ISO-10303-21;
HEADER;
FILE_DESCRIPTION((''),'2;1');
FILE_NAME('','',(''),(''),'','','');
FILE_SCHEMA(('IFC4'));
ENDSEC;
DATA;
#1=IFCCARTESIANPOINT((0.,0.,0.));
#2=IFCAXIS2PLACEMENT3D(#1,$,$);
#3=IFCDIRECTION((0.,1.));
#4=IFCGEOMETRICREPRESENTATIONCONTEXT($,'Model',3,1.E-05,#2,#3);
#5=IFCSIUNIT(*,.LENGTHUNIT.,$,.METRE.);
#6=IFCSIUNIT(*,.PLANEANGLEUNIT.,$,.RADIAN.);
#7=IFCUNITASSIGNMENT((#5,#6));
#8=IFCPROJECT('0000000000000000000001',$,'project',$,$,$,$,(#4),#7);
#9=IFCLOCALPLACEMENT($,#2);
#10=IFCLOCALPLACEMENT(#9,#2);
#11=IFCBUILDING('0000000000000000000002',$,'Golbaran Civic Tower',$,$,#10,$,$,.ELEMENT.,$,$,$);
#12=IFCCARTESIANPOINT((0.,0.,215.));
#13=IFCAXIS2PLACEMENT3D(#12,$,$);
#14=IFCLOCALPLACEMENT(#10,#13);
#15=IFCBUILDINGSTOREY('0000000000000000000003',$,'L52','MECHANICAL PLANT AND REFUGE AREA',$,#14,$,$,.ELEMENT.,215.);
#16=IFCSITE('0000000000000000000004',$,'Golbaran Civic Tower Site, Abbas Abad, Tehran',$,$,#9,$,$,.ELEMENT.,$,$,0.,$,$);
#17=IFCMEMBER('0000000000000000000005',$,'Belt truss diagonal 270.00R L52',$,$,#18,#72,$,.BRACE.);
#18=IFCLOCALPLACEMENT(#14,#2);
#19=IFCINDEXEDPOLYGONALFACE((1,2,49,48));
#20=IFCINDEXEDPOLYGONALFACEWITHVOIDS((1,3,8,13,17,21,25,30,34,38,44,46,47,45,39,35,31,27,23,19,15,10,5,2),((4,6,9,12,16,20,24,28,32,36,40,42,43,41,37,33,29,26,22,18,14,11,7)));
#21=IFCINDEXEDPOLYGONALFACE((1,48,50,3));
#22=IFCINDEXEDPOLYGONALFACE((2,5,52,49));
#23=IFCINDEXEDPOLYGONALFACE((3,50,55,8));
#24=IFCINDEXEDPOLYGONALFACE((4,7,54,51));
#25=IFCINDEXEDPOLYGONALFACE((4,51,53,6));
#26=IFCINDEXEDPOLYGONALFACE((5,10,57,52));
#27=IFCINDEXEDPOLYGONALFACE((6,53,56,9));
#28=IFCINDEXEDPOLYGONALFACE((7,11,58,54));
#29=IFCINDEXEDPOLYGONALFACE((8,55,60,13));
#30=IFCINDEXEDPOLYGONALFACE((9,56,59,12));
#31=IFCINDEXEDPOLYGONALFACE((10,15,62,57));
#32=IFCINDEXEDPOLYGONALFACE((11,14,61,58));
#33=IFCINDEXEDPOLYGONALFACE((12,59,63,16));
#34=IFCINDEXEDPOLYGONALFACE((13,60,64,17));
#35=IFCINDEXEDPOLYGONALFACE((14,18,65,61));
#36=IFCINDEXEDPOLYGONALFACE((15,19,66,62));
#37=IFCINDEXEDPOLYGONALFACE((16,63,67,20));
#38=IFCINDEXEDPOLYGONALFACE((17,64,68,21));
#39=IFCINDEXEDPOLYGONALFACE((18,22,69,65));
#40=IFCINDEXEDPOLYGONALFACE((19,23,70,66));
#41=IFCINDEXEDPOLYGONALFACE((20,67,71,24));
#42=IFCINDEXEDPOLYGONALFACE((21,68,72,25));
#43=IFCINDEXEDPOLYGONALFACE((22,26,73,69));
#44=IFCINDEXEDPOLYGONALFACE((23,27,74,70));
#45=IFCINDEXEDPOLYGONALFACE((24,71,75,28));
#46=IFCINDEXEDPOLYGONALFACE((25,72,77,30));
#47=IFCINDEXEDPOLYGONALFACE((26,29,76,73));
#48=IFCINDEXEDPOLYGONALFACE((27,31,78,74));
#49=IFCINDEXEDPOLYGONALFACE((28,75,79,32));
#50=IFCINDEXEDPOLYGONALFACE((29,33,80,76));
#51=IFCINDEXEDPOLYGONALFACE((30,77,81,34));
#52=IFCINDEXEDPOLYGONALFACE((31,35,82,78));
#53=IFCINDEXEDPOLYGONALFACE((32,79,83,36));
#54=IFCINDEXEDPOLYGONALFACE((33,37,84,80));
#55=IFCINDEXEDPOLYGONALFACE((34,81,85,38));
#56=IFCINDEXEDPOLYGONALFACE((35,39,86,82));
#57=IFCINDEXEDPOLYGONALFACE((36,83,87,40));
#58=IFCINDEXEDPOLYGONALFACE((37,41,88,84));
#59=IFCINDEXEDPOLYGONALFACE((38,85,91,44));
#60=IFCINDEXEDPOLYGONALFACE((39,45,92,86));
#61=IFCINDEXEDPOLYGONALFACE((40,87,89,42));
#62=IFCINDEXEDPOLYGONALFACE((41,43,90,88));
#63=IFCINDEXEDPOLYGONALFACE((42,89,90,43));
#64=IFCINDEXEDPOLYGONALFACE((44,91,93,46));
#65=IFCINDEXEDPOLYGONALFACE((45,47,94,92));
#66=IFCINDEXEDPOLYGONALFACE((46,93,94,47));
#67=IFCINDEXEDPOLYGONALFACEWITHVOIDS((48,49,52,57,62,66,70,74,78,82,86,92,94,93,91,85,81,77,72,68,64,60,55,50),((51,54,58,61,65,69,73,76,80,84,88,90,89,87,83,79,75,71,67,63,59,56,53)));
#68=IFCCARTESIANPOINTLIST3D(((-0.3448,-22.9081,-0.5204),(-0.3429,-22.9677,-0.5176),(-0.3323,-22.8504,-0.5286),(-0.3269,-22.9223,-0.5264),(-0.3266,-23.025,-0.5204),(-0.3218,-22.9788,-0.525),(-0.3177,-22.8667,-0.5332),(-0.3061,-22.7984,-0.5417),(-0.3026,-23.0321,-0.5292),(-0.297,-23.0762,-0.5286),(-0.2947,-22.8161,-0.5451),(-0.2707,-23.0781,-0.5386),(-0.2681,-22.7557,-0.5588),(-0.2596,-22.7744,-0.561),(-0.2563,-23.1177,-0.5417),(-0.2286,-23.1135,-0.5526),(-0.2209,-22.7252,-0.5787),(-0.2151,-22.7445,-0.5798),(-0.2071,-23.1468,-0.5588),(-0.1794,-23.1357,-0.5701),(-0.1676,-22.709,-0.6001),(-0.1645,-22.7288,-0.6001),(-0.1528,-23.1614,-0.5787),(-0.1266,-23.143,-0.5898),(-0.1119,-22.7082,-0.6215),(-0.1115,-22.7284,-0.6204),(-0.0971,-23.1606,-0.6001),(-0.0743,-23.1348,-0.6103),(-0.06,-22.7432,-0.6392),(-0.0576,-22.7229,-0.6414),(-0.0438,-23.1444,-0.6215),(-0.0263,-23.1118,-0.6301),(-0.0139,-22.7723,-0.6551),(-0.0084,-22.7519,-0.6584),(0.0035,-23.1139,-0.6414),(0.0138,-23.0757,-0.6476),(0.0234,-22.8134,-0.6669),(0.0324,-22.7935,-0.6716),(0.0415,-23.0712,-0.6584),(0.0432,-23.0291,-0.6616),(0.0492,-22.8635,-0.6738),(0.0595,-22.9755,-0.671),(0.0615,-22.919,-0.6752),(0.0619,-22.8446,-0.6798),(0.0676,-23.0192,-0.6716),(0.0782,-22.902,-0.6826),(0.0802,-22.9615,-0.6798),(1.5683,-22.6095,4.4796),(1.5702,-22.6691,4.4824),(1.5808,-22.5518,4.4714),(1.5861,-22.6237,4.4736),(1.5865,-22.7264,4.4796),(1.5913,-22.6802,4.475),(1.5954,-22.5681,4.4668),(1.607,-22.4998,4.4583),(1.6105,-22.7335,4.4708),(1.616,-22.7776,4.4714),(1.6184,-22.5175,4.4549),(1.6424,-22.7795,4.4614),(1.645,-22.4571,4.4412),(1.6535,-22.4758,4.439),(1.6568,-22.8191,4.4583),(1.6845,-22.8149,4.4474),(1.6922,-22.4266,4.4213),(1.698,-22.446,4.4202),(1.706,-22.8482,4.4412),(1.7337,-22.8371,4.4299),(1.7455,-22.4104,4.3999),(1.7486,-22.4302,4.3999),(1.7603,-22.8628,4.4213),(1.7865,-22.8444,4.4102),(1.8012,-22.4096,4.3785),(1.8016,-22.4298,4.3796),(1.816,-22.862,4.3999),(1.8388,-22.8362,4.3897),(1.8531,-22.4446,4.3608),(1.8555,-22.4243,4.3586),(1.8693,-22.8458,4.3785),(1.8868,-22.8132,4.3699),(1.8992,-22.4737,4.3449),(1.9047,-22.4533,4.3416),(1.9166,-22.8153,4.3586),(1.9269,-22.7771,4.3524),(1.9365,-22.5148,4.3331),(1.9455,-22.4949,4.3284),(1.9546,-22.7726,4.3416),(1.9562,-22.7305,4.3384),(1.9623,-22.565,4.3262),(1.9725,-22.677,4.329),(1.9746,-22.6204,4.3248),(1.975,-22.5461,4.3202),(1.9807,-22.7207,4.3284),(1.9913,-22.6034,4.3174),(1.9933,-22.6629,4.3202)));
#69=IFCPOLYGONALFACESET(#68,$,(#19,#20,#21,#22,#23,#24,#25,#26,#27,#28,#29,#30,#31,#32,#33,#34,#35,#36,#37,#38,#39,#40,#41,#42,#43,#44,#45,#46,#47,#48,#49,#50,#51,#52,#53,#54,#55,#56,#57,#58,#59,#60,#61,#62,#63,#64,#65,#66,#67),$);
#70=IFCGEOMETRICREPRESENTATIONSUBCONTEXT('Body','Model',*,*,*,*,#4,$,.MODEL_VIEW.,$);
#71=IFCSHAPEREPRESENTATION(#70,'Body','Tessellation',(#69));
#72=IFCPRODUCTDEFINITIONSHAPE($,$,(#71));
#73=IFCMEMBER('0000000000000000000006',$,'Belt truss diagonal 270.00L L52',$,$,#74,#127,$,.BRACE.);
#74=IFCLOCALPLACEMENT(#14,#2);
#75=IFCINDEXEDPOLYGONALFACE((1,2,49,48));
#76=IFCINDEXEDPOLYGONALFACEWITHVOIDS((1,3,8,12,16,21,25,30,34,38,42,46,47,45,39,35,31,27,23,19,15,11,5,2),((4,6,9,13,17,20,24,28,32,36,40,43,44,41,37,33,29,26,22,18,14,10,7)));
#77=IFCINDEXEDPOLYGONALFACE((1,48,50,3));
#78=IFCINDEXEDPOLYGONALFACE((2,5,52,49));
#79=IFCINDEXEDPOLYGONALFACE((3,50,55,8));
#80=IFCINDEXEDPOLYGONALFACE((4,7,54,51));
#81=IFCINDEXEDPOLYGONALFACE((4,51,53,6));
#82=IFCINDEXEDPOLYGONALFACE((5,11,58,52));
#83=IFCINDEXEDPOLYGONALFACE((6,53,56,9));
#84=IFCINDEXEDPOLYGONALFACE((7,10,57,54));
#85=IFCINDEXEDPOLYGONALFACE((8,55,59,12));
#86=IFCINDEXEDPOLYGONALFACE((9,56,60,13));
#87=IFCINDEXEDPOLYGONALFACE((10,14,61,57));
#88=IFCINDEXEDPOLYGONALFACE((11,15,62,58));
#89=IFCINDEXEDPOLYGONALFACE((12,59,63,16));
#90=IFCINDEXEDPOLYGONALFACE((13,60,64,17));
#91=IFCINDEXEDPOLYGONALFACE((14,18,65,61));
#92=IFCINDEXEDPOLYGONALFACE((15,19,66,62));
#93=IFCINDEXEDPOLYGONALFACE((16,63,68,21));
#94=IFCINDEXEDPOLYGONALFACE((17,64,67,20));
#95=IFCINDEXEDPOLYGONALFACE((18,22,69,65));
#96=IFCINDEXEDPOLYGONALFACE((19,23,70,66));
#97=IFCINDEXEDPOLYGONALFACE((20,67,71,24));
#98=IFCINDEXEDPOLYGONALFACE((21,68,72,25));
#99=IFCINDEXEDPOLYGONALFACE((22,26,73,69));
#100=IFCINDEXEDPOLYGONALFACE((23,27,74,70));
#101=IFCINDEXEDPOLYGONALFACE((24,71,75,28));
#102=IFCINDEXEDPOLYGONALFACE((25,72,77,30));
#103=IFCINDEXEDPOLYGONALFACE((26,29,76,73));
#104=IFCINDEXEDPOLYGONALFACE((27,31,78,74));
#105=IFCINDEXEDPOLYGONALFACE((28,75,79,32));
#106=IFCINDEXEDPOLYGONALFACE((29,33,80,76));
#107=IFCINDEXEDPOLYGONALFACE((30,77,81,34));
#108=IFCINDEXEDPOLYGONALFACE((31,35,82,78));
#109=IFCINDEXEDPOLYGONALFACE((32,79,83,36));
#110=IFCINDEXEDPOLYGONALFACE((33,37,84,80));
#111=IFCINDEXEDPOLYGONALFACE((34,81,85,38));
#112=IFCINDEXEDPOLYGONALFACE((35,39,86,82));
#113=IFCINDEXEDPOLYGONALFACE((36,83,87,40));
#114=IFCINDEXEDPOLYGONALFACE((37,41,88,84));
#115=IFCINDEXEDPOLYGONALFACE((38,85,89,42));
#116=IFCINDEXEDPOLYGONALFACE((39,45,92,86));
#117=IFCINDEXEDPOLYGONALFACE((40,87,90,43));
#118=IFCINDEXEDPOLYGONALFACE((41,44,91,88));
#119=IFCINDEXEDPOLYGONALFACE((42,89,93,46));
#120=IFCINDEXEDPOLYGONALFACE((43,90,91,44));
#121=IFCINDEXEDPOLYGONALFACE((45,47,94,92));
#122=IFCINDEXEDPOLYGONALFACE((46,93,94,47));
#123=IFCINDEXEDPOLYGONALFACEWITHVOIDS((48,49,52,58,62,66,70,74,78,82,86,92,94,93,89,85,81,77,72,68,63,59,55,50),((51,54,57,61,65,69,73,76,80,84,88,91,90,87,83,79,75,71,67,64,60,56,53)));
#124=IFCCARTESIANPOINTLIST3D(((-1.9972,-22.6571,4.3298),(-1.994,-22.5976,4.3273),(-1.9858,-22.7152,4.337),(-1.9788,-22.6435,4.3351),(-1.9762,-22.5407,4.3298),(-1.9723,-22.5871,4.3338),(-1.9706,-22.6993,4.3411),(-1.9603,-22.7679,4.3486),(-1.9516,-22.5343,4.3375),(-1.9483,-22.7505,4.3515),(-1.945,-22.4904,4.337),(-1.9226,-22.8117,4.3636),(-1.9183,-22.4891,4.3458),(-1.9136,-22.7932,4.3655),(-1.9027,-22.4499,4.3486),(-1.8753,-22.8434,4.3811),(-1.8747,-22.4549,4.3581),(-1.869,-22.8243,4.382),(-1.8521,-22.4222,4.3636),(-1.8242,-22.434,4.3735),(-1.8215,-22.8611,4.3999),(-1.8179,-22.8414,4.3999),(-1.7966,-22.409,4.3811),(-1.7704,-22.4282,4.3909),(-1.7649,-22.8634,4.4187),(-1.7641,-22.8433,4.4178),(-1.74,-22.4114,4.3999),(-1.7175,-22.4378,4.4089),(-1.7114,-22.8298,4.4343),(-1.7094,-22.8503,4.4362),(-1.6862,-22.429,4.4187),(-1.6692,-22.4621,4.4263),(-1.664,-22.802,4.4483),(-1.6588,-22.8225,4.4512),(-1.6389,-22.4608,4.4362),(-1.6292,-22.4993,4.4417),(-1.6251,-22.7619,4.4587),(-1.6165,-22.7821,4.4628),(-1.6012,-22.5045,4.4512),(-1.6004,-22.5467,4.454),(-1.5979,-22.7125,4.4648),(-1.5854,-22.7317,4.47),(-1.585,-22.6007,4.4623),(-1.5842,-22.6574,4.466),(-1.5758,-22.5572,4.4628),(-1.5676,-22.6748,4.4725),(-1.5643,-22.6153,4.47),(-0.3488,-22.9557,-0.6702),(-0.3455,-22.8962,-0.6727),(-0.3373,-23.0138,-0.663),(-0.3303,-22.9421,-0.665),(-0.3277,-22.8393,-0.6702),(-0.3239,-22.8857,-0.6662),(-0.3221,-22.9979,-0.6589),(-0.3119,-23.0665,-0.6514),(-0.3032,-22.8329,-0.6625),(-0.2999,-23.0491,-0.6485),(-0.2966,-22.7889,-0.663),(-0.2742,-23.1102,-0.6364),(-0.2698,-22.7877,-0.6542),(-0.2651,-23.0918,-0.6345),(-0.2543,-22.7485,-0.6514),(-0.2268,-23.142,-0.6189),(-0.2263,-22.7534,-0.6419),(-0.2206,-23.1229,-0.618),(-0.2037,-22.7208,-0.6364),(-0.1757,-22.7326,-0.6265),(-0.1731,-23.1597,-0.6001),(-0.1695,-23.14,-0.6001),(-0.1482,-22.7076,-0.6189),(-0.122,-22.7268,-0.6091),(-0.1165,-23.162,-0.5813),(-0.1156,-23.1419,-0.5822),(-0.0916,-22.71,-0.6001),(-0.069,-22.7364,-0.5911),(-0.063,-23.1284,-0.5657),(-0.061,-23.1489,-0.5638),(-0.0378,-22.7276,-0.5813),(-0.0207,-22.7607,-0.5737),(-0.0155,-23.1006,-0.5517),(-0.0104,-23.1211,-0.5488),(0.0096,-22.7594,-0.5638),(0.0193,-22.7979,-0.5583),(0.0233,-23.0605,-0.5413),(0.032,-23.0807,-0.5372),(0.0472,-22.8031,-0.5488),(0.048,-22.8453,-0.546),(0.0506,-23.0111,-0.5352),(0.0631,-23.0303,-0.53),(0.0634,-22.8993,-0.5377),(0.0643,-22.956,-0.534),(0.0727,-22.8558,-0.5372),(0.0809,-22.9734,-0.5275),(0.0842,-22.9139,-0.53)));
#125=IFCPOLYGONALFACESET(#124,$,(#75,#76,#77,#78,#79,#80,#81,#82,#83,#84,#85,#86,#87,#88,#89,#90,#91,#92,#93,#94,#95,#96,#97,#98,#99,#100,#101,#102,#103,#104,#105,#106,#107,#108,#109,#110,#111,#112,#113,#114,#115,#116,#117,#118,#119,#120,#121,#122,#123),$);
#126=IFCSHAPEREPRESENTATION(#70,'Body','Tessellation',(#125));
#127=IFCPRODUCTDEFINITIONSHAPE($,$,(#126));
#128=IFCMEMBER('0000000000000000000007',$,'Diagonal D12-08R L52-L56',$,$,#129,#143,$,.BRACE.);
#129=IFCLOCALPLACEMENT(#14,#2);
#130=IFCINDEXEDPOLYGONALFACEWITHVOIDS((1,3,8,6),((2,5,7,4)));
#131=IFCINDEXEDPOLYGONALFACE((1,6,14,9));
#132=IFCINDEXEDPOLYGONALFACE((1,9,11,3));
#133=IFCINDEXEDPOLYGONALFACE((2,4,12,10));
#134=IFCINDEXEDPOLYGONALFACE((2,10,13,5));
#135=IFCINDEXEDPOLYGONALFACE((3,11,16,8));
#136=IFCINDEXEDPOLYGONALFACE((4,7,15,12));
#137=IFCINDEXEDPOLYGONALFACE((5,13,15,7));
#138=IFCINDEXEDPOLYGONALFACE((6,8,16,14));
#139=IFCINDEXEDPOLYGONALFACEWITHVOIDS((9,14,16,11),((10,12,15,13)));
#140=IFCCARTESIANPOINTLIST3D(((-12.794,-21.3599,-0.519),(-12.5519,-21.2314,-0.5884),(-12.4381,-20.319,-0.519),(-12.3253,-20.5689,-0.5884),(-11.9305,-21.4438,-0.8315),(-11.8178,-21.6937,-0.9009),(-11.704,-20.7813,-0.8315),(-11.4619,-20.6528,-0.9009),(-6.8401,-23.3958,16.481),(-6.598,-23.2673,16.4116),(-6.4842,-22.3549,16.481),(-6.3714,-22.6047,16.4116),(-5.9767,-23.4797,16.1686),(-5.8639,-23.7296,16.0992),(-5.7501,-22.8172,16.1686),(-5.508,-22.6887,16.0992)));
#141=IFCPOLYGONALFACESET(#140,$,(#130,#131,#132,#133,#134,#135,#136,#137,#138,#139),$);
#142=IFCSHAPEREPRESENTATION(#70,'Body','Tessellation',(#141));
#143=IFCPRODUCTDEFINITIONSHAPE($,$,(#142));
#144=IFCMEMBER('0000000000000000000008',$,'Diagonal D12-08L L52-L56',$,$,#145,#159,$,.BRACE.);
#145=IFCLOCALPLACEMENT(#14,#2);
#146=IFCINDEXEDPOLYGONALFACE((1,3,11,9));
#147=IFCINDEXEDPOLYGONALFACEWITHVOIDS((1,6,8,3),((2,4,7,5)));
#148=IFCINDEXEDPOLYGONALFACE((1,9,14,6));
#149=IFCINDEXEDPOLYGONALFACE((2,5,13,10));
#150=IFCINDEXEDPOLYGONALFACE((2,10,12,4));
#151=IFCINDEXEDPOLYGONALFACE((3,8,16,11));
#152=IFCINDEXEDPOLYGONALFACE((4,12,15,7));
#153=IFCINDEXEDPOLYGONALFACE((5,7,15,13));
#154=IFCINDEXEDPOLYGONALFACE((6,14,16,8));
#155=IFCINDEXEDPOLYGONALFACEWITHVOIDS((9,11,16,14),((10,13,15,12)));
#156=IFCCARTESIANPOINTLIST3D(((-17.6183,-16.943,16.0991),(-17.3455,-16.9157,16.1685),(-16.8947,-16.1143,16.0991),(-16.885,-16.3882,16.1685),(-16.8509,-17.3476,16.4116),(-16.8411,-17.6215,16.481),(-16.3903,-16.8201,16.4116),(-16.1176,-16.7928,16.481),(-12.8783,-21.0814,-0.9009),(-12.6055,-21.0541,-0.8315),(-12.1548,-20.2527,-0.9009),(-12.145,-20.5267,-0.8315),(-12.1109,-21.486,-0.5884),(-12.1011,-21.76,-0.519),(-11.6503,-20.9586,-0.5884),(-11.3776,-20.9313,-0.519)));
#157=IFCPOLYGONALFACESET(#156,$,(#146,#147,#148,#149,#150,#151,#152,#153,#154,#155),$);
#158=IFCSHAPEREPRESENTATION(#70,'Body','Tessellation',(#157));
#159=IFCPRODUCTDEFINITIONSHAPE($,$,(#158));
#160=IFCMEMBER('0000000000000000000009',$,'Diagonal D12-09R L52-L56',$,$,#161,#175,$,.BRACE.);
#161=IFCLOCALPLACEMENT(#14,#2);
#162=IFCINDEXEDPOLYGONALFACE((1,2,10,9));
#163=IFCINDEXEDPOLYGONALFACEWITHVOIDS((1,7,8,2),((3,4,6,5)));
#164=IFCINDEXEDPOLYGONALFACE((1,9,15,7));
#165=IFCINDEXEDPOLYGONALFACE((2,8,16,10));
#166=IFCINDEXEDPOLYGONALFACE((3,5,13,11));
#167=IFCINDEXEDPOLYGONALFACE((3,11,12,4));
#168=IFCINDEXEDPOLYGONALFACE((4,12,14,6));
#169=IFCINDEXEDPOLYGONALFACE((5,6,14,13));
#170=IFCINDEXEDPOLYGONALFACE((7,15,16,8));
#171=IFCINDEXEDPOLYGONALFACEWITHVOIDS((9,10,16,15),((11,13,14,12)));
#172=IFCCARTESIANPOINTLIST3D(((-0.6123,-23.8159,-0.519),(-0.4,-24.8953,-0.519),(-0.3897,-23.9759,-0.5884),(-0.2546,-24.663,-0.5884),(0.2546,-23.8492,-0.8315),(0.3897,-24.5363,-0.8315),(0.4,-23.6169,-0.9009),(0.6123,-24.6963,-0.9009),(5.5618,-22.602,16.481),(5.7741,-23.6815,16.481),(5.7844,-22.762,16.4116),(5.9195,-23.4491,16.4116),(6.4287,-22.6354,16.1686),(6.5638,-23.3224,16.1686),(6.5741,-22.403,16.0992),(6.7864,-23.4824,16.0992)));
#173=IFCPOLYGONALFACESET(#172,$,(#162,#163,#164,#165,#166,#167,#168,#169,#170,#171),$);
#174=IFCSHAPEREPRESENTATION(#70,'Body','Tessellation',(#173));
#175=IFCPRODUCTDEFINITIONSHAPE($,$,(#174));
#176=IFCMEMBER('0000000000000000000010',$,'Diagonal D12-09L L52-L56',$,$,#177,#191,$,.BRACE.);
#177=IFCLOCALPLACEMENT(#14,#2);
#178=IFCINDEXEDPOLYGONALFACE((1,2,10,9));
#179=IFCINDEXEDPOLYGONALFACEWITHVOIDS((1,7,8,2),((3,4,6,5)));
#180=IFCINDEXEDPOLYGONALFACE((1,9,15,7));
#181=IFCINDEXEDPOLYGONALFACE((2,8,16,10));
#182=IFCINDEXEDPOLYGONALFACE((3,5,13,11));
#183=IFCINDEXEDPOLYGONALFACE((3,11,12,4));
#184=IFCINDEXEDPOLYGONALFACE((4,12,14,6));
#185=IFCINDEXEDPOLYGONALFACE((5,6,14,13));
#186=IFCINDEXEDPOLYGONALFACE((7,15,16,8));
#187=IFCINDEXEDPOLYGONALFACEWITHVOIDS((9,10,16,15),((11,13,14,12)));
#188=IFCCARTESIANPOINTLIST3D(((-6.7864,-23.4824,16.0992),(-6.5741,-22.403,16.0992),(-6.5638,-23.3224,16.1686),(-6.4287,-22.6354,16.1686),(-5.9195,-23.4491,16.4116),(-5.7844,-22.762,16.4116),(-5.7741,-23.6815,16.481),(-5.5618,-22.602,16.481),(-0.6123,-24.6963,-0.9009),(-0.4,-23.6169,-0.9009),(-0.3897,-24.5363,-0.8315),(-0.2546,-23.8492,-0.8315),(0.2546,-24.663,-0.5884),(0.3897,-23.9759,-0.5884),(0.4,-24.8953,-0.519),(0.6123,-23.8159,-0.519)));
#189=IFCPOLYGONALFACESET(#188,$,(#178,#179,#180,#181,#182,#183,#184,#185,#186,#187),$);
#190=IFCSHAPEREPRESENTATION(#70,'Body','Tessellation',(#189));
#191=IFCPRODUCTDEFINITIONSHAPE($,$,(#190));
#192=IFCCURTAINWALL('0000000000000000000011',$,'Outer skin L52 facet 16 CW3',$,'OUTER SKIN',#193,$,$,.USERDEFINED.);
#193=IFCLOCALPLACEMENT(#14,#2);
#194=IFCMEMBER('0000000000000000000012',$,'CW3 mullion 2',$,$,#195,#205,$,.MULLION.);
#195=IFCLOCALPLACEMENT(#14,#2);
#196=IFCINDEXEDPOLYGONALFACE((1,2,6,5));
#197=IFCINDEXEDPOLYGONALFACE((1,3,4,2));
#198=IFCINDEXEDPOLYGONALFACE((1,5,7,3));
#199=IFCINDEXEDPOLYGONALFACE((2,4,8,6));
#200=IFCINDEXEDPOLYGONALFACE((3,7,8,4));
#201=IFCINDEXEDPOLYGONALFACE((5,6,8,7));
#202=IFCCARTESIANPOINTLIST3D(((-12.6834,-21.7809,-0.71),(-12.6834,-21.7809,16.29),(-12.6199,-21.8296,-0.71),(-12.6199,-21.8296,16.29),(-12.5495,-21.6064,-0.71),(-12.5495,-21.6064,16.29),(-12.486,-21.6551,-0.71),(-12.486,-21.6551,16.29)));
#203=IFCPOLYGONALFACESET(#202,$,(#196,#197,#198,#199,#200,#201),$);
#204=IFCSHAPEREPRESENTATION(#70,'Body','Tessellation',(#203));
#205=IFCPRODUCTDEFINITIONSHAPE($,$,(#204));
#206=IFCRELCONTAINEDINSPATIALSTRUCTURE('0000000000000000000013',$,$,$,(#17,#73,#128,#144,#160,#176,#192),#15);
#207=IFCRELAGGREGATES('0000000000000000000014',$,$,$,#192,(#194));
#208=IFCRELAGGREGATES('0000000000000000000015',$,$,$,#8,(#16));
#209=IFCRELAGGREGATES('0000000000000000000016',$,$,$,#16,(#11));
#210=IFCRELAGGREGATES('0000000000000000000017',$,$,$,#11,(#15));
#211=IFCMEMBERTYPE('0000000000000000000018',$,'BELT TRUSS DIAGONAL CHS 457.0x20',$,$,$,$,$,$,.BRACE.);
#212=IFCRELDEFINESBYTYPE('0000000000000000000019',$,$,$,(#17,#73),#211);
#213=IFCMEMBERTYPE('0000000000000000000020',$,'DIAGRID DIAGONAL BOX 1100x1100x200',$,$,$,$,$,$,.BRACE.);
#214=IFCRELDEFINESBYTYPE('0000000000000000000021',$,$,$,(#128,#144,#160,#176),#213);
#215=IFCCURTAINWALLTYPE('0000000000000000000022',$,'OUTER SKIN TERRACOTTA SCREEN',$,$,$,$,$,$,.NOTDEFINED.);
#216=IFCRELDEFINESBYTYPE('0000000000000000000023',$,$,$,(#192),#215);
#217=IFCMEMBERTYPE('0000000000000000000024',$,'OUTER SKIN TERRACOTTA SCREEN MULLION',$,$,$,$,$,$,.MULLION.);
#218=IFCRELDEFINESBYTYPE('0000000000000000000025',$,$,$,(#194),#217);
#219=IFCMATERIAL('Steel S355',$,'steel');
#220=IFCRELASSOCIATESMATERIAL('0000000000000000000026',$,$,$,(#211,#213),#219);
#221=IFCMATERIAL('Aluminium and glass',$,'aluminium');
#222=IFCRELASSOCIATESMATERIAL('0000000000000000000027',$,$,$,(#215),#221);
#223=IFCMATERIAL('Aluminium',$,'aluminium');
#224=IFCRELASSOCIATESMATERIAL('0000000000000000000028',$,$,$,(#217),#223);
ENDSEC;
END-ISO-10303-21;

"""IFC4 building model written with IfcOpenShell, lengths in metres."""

from ifc_helpers import new_model, si_unit, direction, frame, origin, origin_2d, place, context, subcontext, project, spatial, rectangle, hollow_rectangle, hollow_circle, extrude, material, material_profile, profile_set, type_object, element, aggregate, save


model = new_model("IFC4")

# Units and contexts
model_context = context("Model", 3, precision=1e-05, world=origin(), true_north=direction((0.0, 1.0)))
body_context = subcontext(model_context, "Body", "Model", "MODEL_VIEW")
ifc_project = project(units=[si_unit("LENGTHUNIT", "METRE"), si_unit("PLANEANGLEUNIT", "RADIAN")], contexts=[model_context])

# Site, building, storey
site_placement = place(None, origin())
site = spatial("IfcSite", under=ifc_project, at=site_placement, Name="Golbaran Civic Tower Site, Abbas Abad, Tehran", CompositionType="ELEMENT", RefElevation=0.0)
building_placement = place(site_placement, origin())
building = spatial("IfcBuilding", under=site, at=building_placement, Name="Golbaran Civic Tower", CompositionType="ELEMENT")
storey_placement = place(building_placement, frame((0.0, 0.0, 215.0)))
storey = spatial("IfcBuildingStorey", under=building, at=storey_placement, Name="L52", Description="MECHANICAL PLANT AND REFUGE AREA", CompositionType="ELEMENT", Elevation=215.0)

# Members
ifc_material_1 = material(Name="Steel S355", Category="steel")
ifc_material_profile_1 = material_profile(ifc_material_1, hollow_circle(Radius=0.2285, WallThickness=0.02, at=origin_2d()), Name="CHS 457.0x20")
ifc_profile_set_1 = profile_set([ifc_material_profile_1], Name="Steel S355")
member_type_1 = type_object("IfcMemberType", Name="BELT TRUSS DIAGONAL CHS 457.0x20", PredefinedType="BRACE", material=ifc_profile_set_1)
member_1_placement = place(storey_placement, frame((-0.1323, -22.9348, -0.6001), z_axis=(0.356798, 0.055687, 0.93252), x_axis=(-0.154208, 0.988038, 0.0)))
element("IfcMember", 1, at=member_1_placement, inside=storey, type_object=member_type_1, Name="Belt truss diagonal 270.00R L52", PredefinedType="BRACE", context=body_context, shape_type="SweptSolid", body=[
    extrude(hollow_circle(Radius=0.2285, WallThickness=0.02, at=origin_2d()), origin(), (0.0, 0.0, 1.0), 5.3618),
])
member_2_placement = place(storey_placement, frame((-0.1323, -22.9348, -0.6001), z_axis=(-0.312607, 0.056623, 0.948193), x_axis=(-0.178231, -0.983989, 0.0)))
element("IfcMember", 2, at=member_2_placement, inside=storey, type_object=member_type_1, Name="Belt truss diagonal 270.00L L52", PredefinedType="BRACE", context=body_context, shape_type="SweptSolid", body=[
    extrude(hollow_circle(Radius=0.2285, WallThickness=0.02, at=origin_2d()), origin(), (0.0, 0.0, 1.0), 5.2732),
])
ifc_material_profile_2 = material_profile(ifc_material_1, hollow_rectangle(XDim=1.1001, YDim=1.1001, WallThickness=0.2, at=origin_2d()), Name="BOX 1100x1100x200")
ifc_profile_set_2 = profile_set([ifc_material_profile_2], Name="Steel S355")
member_type_2 = type_object("IfcMemberType", Name="DIAGRID DIAGONAL BOX 1100x1100x200", PredefinedType="BRACE", material=ifc_profile_set_2)
for number, where, z_axis, x_axis, name in (
    (3, (-12.1279, -21.0063, -0.71), (0.32845, -0.112312, 0.93782), (0.323551, 0.946211, 0.0), "Diagonal D12-08R L52-L56"),
    (4, (-12.1279, -21.0063, -0.71), (-0.261485, 0.2283, 0.937819), (-0.657688, -0.75329, 0.0), "Diagonal D12-08L L52-L56"),
    (5, (0.0, -24.2561, -0.71), (0.340599, 0.066964, 0.937821), (-0.192914, 0.981216, 0.0), "Diagonal D12-09R L52-L56"),
    (6, (0.0, -24.2561, -0.71), (-0.340599, 0.066964, 0.937821), (-0.192914, -0.981216, 0.0), "Diagonal D12-09L L52-L56"),
):
    element("IfcMember", number, at=place(storey_placement, frame(where, z_axis=z_axis, x_axis=x_axis)), inside=storey, type_object=member_type_2, Name=name, PredefinedType="BRACE", context=body_context, shape_type="SweptSolid", body=[
        extrude(hollow_rectangle(XDim=1.1001, YDim=1.1001, WallThickness=0.2, at=origin_2d()), origin(), (0.0, 0.0, 1.0), 18.1272),
    ])

# Curtain wall, member
ifc_material_2 = material(Name="Aluminium and glass", Category="aluminium")
curtain_wall_type_1 = type_object("IfcCurtainWallType", Name="OUTER SKIN TERRACOTTA SCREEN", PredefinedType="NOTDEFINED", material=ifc_material_2)
curtain_wall_1_placement = place(storey_placement, origin())
curtain_wall_1 = element("IfcCurtainWall", 7, at=curtain_wall_1_placement, inside=storey, type_object=curtain_wall_type_1, Name="Outer skin L52 facet 16 CW3", ObjectType="OUTER SKIN", PredefinedType="USERDEFINED")
ifc_material_3 = material(Name="Aluminium", Category="aluminium")
ifc_material_profile_3 = material_profile(ifc_material_3, rectangle(XDim=0.22, YDim=0.0801, at=origin_2d()), Name="OUTER SKIN TERRACOTTA SCREEN MULLION")
ifc_profile_set_3 = profile_set([ifc_material_profile_3], Name="Aluminium")
member_type_3 = type_object("IfcMemberType", Name="OUTER SKIN TERRACOTTA SCREEN MULLION", PredefinedType="MULLION", material=ifc_profile_set_3)
member_3_placement = place(storey_placement, frame((-12.5847, -21.718, -0.71), z_axis=(0.0, 0.0, 1.0), x_axis=(0.608761, 0.793353, 0.0)))
member_3 = element("IfcMember", 8, at=member_3_placement, type_object=member_type_3, Name="CW3 mullion 2", PredefinedType="MULLION", context=body_context, shape_type="SweptSolid", body=[
    extrude(rectangle(XDim=0.22, YDim=0.0801, at=origin_2d()), origin(), (0.0, 0.0, 1.0), 17.0),
])
aggregate(curtain_wall_1, [member_3])

save(model, "model.ifc")
